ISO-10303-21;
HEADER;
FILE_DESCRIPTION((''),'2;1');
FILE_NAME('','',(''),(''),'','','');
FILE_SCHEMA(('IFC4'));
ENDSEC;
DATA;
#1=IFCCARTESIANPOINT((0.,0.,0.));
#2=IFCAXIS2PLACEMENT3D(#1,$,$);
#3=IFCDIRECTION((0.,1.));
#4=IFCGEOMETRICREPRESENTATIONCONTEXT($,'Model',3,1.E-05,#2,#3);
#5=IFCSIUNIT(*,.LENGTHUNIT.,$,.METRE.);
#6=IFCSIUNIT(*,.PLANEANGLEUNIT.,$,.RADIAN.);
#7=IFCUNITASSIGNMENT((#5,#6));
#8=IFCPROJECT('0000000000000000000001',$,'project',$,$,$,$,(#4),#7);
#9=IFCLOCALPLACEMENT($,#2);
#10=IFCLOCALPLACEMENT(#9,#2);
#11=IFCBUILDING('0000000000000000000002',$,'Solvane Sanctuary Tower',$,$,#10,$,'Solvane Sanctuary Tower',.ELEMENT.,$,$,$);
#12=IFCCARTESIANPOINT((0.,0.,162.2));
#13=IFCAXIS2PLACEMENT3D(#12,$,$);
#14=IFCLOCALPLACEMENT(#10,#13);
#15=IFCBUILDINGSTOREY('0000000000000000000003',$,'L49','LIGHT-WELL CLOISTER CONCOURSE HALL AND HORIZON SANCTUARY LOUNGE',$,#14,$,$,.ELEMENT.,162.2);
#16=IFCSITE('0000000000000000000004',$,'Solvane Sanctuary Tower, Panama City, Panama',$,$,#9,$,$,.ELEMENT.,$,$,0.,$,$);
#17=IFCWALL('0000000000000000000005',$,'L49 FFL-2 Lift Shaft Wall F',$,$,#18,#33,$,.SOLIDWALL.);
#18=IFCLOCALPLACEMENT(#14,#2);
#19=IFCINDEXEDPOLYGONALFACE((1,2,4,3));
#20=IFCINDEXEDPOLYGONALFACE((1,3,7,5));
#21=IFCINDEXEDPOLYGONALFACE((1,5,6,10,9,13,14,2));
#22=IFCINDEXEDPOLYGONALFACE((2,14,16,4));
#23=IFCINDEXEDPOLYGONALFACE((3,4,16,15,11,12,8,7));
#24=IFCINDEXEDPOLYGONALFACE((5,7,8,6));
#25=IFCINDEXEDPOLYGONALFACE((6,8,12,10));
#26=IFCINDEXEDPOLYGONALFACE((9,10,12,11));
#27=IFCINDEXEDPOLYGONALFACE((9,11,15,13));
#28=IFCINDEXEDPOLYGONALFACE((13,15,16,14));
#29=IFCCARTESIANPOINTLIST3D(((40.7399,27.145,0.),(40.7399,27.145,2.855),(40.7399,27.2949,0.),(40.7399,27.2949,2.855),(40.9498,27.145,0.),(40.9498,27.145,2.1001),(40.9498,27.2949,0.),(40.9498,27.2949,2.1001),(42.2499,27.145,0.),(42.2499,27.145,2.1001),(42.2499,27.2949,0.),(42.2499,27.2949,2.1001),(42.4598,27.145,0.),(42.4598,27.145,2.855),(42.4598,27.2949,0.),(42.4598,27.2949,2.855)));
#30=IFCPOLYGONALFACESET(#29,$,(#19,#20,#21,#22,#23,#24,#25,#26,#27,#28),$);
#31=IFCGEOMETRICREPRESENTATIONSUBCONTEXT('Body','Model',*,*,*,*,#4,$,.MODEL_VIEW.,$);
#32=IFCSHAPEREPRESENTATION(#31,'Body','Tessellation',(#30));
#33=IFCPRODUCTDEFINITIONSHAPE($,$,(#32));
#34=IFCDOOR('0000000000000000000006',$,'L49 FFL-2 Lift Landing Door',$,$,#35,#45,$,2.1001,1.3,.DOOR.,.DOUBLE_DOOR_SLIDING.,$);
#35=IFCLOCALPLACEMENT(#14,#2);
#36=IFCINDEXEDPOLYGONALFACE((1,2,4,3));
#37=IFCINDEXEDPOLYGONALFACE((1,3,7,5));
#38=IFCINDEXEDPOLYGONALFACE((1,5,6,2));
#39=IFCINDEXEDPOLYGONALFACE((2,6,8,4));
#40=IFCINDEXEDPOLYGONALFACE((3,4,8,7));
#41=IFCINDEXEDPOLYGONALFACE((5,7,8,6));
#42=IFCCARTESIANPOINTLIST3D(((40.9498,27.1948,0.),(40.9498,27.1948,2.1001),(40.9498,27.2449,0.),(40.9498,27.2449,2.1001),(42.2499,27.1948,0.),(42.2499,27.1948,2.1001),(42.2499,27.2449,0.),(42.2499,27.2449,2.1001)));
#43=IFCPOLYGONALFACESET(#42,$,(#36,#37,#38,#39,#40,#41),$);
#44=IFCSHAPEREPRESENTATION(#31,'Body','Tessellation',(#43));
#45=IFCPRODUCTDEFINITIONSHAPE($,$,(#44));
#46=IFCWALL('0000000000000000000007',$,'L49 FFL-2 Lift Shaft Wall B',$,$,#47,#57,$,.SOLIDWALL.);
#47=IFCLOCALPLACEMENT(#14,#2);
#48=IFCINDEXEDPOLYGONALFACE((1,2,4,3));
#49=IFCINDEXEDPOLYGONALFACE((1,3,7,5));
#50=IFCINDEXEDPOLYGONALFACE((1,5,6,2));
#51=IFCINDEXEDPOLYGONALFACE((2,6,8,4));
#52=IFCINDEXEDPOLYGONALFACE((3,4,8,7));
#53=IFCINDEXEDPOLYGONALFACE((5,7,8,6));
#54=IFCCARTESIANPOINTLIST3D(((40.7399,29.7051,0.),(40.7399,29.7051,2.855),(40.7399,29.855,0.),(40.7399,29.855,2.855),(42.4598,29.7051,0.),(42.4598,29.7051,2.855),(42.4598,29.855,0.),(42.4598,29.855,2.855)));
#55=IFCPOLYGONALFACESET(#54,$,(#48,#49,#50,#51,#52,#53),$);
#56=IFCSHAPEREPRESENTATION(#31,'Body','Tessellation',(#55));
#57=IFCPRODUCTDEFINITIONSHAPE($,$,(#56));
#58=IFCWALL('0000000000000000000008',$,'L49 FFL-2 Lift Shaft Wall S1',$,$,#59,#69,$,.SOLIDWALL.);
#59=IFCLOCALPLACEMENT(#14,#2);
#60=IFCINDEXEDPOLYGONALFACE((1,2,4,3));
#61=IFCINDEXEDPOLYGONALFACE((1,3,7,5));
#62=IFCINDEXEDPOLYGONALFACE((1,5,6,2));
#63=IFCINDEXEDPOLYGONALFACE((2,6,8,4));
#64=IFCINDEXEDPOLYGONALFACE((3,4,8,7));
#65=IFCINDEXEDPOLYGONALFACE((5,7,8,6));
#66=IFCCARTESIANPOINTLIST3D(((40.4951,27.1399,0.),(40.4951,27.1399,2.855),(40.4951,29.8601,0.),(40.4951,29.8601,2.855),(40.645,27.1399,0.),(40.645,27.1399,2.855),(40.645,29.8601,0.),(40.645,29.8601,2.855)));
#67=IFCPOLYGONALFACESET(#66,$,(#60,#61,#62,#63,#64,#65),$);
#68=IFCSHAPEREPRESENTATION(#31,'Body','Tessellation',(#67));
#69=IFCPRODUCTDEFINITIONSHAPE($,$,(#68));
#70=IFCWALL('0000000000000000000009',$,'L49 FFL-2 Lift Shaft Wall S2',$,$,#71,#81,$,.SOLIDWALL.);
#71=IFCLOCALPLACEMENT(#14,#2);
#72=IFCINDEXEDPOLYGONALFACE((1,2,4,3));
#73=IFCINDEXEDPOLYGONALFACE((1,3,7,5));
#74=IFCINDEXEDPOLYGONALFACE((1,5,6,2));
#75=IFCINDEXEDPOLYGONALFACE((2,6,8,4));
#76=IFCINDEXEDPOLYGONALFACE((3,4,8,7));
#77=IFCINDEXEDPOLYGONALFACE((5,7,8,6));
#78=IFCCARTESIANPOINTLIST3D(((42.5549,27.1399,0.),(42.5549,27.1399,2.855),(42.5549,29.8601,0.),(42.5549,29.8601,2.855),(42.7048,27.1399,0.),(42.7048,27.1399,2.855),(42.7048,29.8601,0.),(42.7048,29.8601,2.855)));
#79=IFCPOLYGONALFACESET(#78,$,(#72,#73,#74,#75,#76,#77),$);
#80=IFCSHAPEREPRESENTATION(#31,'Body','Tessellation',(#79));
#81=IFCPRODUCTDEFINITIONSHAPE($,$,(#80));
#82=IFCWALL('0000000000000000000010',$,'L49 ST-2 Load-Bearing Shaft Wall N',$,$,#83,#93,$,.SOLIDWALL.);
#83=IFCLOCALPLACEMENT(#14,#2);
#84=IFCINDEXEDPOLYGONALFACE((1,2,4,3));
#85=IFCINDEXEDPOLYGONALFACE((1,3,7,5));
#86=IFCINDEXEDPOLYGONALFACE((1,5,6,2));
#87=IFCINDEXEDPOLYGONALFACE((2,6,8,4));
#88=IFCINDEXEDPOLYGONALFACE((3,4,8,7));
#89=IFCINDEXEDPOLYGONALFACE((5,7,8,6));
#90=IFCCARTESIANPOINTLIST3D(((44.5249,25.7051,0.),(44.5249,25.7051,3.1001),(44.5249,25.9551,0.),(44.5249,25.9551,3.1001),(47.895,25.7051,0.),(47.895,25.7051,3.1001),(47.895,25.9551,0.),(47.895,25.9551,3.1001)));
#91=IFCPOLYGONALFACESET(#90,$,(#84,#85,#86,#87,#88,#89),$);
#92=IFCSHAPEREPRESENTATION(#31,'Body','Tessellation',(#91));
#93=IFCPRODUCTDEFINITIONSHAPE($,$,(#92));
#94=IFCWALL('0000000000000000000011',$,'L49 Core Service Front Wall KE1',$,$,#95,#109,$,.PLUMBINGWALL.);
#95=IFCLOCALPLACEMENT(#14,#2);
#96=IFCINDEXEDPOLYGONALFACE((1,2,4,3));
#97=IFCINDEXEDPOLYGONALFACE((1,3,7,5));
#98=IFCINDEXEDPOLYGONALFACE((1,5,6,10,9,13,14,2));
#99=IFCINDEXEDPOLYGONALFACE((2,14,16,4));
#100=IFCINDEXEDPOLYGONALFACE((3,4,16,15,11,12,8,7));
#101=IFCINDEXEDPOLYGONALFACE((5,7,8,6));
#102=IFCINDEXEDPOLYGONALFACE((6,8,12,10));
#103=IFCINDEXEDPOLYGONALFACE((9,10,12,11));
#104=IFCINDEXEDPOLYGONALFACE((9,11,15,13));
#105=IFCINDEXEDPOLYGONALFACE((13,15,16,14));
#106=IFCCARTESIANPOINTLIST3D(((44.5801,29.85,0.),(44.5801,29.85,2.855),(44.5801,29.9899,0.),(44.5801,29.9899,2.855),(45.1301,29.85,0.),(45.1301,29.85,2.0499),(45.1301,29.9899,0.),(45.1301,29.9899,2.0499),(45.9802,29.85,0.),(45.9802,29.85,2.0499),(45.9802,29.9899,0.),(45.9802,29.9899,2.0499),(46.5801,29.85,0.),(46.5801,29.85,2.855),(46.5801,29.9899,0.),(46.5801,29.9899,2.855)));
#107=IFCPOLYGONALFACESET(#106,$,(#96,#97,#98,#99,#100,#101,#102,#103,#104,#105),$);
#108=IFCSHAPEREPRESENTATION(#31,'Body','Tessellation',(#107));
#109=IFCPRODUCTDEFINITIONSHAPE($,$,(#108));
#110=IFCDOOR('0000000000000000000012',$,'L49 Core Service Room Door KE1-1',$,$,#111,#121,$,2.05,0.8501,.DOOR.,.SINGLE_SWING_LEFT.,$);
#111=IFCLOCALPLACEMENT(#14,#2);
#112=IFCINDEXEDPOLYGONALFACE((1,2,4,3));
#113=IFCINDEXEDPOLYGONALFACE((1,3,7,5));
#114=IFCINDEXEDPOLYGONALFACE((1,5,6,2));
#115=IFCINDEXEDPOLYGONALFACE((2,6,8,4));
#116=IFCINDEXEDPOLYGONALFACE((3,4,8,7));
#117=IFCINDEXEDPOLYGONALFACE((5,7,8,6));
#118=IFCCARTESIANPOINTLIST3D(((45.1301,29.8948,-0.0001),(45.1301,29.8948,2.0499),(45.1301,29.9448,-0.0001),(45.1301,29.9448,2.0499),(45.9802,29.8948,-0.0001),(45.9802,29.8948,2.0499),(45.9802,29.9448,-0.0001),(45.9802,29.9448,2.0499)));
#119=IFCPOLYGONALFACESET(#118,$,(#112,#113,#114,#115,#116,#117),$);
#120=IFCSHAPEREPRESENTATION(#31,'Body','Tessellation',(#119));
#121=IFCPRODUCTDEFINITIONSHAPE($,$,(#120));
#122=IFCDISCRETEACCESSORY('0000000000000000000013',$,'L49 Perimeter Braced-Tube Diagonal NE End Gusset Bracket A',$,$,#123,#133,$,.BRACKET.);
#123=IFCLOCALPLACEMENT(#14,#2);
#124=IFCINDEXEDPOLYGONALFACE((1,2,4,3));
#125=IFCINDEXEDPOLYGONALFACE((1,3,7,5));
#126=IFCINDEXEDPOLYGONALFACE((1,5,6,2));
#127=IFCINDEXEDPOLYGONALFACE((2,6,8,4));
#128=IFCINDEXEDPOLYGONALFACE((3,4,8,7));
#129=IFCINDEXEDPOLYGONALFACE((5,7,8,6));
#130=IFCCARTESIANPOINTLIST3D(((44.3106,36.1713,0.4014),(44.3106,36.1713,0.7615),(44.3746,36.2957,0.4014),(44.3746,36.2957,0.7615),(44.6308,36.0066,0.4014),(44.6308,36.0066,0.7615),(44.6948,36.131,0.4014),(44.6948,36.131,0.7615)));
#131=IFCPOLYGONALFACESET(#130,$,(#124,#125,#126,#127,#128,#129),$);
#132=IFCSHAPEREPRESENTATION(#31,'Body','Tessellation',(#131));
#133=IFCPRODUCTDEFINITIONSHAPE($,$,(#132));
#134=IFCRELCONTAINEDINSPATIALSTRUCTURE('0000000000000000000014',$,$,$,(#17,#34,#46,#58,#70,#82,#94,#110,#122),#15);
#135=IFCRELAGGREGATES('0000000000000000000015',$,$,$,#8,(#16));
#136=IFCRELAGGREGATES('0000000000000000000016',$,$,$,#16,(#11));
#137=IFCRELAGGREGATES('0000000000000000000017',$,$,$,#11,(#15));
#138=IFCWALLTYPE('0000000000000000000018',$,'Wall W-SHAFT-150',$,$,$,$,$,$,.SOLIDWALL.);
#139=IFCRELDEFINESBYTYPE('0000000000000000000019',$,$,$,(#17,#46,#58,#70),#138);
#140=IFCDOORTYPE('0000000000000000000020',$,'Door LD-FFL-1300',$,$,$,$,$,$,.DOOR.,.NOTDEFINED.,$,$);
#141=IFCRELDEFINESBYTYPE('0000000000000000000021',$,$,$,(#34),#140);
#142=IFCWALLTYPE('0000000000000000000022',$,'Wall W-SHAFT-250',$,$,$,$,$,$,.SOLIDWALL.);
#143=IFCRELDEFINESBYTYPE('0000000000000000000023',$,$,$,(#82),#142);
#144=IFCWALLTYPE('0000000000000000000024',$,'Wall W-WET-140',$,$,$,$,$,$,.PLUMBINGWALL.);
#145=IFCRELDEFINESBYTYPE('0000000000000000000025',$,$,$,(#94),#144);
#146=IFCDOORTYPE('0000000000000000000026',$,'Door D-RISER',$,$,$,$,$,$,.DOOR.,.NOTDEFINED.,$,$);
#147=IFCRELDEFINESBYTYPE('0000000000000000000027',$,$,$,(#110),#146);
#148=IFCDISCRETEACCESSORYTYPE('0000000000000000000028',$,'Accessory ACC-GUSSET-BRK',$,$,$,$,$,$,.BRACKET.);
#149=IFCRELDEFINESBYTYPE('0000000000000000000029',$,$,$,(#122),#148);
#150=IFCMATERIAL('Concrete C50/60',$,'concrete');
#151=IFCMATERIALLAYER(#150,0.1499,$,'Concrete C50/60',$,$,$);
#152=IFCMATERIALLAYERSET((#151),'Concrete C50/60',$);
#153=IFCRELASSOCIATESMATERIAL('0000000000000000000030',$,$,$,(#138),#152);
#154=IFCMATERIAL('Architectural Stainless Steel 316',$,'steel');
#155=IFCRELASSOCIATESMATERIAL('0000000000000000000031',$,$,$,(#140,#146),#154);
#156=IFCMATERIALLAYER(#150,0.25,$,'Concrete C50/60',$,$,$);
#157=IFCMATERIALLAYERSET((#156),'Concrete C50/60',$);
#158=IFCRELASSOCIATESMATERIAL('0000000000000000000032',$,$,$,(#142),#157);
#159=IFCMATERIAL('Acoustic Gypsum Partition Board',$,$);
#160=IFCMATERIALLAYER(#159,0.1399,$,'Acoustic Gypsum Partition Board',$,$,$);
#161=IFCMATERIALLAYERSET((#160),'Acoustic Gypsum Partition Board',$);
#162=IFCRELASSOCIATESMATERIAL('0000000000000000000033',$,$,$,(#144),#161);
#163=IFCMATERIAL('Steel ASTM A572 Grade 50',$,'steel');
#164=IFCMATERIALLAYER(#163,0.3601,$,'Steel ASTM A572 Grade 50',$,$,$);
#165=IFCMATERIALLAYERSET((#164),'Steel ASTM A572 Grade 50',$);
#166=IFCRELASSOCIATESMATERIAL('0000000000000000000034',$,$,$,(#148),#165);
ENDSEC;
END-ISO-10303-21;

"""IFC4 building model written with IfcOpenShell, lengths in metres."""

from ifc_helpers import new_model, si_unit, direction, frame, frame_2d, origin, origin_2d, place, context, subcontext, project, spatial, rectangle, extrude, material, layer, layer_set, type_object, element, fill, save


model = new_model("IFC4")

# Units and contexts
model_context = context("Model", 3, precision=1e-05, world=origin(), true_north=direction((0.0, 1.0)))
body_context = subcontext(model_context, "Body", "Model", "MODEL_VIEW")
ifc_project = project(units=[si_unit("LENGTHUNIT", "METRE"), si_unit("PLANEANGLEUNIT", "RADIAN")], contexts=[model_context])

# Site, building, storey
site_placement = place(None, origin())
site = spatial("IfcSite", under=ifc_project, at=site_placement, Name="Solvane Sanctuary Tower, Panama City, Panama", CompositionType="ELEMENT", RefElevation=0.0)
building_placement = place(site_placement, origin())
building = spatial("IfcBuilding", under=site, at=building_placement, Name="Solvane Sanctuary Tower", LongName="Solvane Sanctuary Tower", CompositionType="ELEMENT")
storey_placement = place(building_placement, frame((0.0, 0.0, 162.2)))
storey = spatial("IfcBuildingStorey", under=building, at=storey_placement, Name="L49", Description="LIGHT-WELL CLOISTER CONCOURSE HALL AND HORIZON SANCTUARY LOUNGE", CompositionType="ELEMENT", Elevation=162.2)

# Shared definitions
ifc_material_1 = material(Name="Acoustic Gypsum Partition Board")

# Shared definitions
ifc_material_2 = material(Name="Architectural Stainless Steel 316", Category="steel")

# Shared definitions
ifc_material_3 = material(Name="Concrete C50/60", Category="concrete")
ifc_layer_1 = layer(ifc_material_3, 0.1499, Name="Concrete C50/60")
ifc_layer_set_1 = layer_set([ifc_layer_1], Name="Concrete C50/60")
wall_type_1 = type_object("IfcWallType", Name="Wall W-SHAFT-150", PredefinedType="SOLIDWALL", material=ifc_layer_set_1)

# Wall, opening, door
wall_1_placement = place(storey_placement, frame((40.74, 27.22, 0.0), z_axis=(0.0, 0.0, 1.0), x_axis=(1.0, 0.0, 0.0)))
wall_1 = element("IfcWall", 1, at=wall_1_placement, inside=storey, type_object=wall_type_1, Name="L49 FFL-2 Lift Shaft Wall F", PredefinedType="SOLIDWALL", context=body_context, shape_type="SweptSolid", body=[
    extrude(rectangle(XDim=1.72, YDim=0.1499, at=frame_2d((0.8599, 0.0))), origin(), (0.0, 0.0, 1.0), 2.855),
])
opening_1_placement = place(wall_1_placement, frame((0.21, 0.0, 0.0)))
opening_1 = element("IfcOpeningElement", 2, at=opening_1_placement, cuts=wall_1, PredefinedType="OPENING", context=body_context, shape_type="SweptSolid", body=[
    extrude(rectangle(XDim=1.3, YDim=2.1001, at=frame_2d((0.6499, 1.05))), frame((0.0, 0.085, 0.0), z_axis=(0.0, -1.0, 0.0), x_axis=(1.0, 0.0, 0.0)), (0.0, 0.0, 1.0), 0.1699),
])
door_type_1 = type_object("IfcDoorType", Name="Door LD-FFL-1300", OperationType="NOTDEFINED", PredefinedType="DOOR", material=ifc_material_2)
door_1_placement = place(opening_1_placement, origin())
door_1 = element("IfcDoor", 3, at=door_1_placement, inside=storey, type_object=door_type_1, Name="L49 FFL-2 Lift Landing Door", OperationType="DOUBLE_DOOR_SLIDING", OverallHeight=2.1001, OverallWidth=1.3, PredefinedType="DOOR", context=body_context, shape_type="SweptSolid", body=[
    extrude(rectangle(XDim=1.3, YDim=2.1001, at=frame_2d((0.6499, 1.05))), frame((0.0, 0.0249, 0.0), z_axis=(0.0, -1.0, 0.0), x_axis=(1.0, 0.0, 0.0)), (0.0, 0.0, 1.0), 0.05),
])
fill(opening_1, door_1)

# Walls
wall_2_placement = place(storey_placement, frame((40.74, 29.78, 0.0), z_axis=(0.0, 0.0, 1.0), x_axis=(1.0, 0.0, 0.0)))
element("IfcWall", 4, at=wall_2_placement, inside=storey, type_object=wall_type_1, Name="L49 FFL-2 Lift Shaft Wall B", PredefinedType="SOLIDWALL", context=body_context, shape_type="SweptSolid", body=[
    extrude(rectangle(XDim=1.72, YDim=0.1499, at=frame_2d((0.8599, 0.0))), origin(), (0.0, 0.0, 1.0), 2.855),
])
for number, where, z_axis, x_axis, name in (
    (5, (40.5701, 27.1399, 0.0), (0.0, 0.0, 1.0), (0.0, 1.0, 0.0), "L49 FFL-2 Lift Shaft Wall S1"),
    (6, (42.6299, 27.1399, 0.0), (0.0, 0.0, 1.0), (0.0, 1.0, 0.0), "L49 FFL-2 Lift Shaft Wall S2"),
):
    element("IfcWall", number, at=place(storey_placement, frame(where, z_axis=z_axis, x_axis=x_axis)), inside=storey, type_object=wall_type_1, Name=name, PredefinedType="SOLIDWALL", context=body_context, shape_type="SweptSolid", body=[
        extrude(rectangle(XDim=2.7202, YDim=0.1499, at=frame_2d((1.3601, 0.0))), origin(), (0.0, 0.0, 1.0), 2.855),
    ])
ifc_layer_2 = layer(ifc_material_3, 0.25, Name="Concrete C50/60")
ifc_layer_set_2 = layer_set([ifc_layer_2], Name="Concrete C50/60")
wall_type_2 = type_object("IfcWallType", Name="Wall W-SHAFT-250", PredefinedType="SOLIDWALL", material=ifc_layer_set_2)
wall_3_placement = place(storey_placement, frame((44.5249, 25.8301, 0.0), z_axis=(0.0, 0.0, 1.0), x_axis=(1.0, 0.0, 0.0)))
element("IfcWall", 7, at=wall_3_placement, inside=storey, type_object=wall_type_2, Name="L49 ST-2 Load-Bearing Shaft Wall N", PredefinedType="SOLIDWALL", context=body_context, shape_type="SweptSolid", body=[
    extrude(rectangle(XDim=3.3701, YDim=0.25, at=frame_2d((1.6851, 0.0))), origin(), (0.0, 0.0, 1.0), 3.1001),
])

# Wall, opening, door
ifc_layer_3 = layer(ifc_material_1, 0.1399, Name="Acoustic Gypsum Partition Board")
ifc_layer_set_3 = layer_set([ifc_layer_3], Name="Acoustic Gypsum Partition Board")
wall_type_3 = type_object("IfcWallType", Name="Wall W-WET-140", PredefinedType="PLUMBINGWALL", material=ifc_layer_set_3)
wall_4_placement = place(storey_placement, frame((44.5801, 29.9199, 0.0), z_axis=(0.0, 0.0, 1.0), x_axis=(1.0, 0.0, 0.0)))
wall_4 = element("IfcWall", 8, at=wall_4_placement, inside=storey, type_object=wall_type_3, Name="L49 Core Service Front Wall KE1", PredefinedType="PLUMBINGWALL", context=body_context, shape_type="SweptSolid", body=[
    extrude(rectangle(XDim=2.0, YDim=0.1399, at=frame_2d((1.0, 0.0))), origin(), (0.0, 0.0, 1.0), 2.855),
])
opening_2_placement = place(wall_4_placement, frame((0.55, 0.0, 0.0)))
opening_2 = element("IfcOpeningElement", 9, at=opening_2_placement, cuts=wall_4, PredefinedType="OPENING", context=body_context, shape_type="SweptSolid", body=[
    extrude(rectangle(XDim=0.8501, YDim=2.05, at=frame_2d((0.425, 1.0249))), frame((0.0, 0.0798, 0.0), z_axis=(0.0, -1.0, 0.0), x_axis=(1.0, 0.0, 0.0)), (0.0, 0.0, 1.0), 0.1599),
])
door_type_2 = type_object("IfcDoorType", Name="Door D-RISER", OperationType="NOTDEFINED", PredefinedType="DOOR", material=ifc_material_2)
door_2_placement = place(opening_2_placement, origin())
door_2 = element("IfcDoor", 10, at=door_2_placement, inside=storey, type_object=door_type_2, Name="L49 Core Service Room Door KE1-1", OperationType="SINGLE_SWING_LEFT", OverallHeight=2.05, OverallWidth=0.8501, PredefinedType="DOOR", context=body_context, shape_type="SweptSolid", body=[
    extrude(rectangle(XDim=0.8501, YDim=2.05, at=frame_2d((0.425, 1.0249))), frame((0.0, 0.0249, 0.0), z_axis=(0.0, -1.0, 0.0), x_axis=(1.0, 0.0, 0.0)), (0.0, 0.0, 1.0), 0.05),
])
fill(opening_2, door_2)

# Discrete accessory
ifc_material_4 = material(Name="Steel ASTM A572 Grade 50", Category="steel")
ifc_layer_4 = layer(ifc_material_4, 0.3601, Name="Steel ASTM A572 Grade 50")
ifc_layer_set_4 = layer_set([ifc_layer_4], Name="Steel ASTM A572 Grade 50")
discrete_accessory_type = type_object("IfcDiscreteAccessoryType", Name="Accessory ACC-GUSSET-BRK", PredefinedType="BRACKET", material=ifc_layer_set_4)
discrete_accessory_placement = place(storey_placement, frame((44.5027, 36.1511, 0.4014), z_axis=(0.0, 0.0, 1.0), x_axis=(0.889257, -0.457408, 0.0)))
element("IfcDiscreteAccessory", 11, at=discrete_accessory_placement, inside=storey, type_object=discrete_accessory_type, Name="L49 Perimeter Braced-Tube Diagonal NE End Gusset Bracket A", PredefinedType="BRACKET", context=body_context, shape_type="SweptSolid", body=[
    extrude(rectangle(XDim=0.3601, YDim=0.1399, at=origin_2d()), origin(), (0.0, 0.0, 1.0), 0.3601),
])

save(model, "model.ifc")
